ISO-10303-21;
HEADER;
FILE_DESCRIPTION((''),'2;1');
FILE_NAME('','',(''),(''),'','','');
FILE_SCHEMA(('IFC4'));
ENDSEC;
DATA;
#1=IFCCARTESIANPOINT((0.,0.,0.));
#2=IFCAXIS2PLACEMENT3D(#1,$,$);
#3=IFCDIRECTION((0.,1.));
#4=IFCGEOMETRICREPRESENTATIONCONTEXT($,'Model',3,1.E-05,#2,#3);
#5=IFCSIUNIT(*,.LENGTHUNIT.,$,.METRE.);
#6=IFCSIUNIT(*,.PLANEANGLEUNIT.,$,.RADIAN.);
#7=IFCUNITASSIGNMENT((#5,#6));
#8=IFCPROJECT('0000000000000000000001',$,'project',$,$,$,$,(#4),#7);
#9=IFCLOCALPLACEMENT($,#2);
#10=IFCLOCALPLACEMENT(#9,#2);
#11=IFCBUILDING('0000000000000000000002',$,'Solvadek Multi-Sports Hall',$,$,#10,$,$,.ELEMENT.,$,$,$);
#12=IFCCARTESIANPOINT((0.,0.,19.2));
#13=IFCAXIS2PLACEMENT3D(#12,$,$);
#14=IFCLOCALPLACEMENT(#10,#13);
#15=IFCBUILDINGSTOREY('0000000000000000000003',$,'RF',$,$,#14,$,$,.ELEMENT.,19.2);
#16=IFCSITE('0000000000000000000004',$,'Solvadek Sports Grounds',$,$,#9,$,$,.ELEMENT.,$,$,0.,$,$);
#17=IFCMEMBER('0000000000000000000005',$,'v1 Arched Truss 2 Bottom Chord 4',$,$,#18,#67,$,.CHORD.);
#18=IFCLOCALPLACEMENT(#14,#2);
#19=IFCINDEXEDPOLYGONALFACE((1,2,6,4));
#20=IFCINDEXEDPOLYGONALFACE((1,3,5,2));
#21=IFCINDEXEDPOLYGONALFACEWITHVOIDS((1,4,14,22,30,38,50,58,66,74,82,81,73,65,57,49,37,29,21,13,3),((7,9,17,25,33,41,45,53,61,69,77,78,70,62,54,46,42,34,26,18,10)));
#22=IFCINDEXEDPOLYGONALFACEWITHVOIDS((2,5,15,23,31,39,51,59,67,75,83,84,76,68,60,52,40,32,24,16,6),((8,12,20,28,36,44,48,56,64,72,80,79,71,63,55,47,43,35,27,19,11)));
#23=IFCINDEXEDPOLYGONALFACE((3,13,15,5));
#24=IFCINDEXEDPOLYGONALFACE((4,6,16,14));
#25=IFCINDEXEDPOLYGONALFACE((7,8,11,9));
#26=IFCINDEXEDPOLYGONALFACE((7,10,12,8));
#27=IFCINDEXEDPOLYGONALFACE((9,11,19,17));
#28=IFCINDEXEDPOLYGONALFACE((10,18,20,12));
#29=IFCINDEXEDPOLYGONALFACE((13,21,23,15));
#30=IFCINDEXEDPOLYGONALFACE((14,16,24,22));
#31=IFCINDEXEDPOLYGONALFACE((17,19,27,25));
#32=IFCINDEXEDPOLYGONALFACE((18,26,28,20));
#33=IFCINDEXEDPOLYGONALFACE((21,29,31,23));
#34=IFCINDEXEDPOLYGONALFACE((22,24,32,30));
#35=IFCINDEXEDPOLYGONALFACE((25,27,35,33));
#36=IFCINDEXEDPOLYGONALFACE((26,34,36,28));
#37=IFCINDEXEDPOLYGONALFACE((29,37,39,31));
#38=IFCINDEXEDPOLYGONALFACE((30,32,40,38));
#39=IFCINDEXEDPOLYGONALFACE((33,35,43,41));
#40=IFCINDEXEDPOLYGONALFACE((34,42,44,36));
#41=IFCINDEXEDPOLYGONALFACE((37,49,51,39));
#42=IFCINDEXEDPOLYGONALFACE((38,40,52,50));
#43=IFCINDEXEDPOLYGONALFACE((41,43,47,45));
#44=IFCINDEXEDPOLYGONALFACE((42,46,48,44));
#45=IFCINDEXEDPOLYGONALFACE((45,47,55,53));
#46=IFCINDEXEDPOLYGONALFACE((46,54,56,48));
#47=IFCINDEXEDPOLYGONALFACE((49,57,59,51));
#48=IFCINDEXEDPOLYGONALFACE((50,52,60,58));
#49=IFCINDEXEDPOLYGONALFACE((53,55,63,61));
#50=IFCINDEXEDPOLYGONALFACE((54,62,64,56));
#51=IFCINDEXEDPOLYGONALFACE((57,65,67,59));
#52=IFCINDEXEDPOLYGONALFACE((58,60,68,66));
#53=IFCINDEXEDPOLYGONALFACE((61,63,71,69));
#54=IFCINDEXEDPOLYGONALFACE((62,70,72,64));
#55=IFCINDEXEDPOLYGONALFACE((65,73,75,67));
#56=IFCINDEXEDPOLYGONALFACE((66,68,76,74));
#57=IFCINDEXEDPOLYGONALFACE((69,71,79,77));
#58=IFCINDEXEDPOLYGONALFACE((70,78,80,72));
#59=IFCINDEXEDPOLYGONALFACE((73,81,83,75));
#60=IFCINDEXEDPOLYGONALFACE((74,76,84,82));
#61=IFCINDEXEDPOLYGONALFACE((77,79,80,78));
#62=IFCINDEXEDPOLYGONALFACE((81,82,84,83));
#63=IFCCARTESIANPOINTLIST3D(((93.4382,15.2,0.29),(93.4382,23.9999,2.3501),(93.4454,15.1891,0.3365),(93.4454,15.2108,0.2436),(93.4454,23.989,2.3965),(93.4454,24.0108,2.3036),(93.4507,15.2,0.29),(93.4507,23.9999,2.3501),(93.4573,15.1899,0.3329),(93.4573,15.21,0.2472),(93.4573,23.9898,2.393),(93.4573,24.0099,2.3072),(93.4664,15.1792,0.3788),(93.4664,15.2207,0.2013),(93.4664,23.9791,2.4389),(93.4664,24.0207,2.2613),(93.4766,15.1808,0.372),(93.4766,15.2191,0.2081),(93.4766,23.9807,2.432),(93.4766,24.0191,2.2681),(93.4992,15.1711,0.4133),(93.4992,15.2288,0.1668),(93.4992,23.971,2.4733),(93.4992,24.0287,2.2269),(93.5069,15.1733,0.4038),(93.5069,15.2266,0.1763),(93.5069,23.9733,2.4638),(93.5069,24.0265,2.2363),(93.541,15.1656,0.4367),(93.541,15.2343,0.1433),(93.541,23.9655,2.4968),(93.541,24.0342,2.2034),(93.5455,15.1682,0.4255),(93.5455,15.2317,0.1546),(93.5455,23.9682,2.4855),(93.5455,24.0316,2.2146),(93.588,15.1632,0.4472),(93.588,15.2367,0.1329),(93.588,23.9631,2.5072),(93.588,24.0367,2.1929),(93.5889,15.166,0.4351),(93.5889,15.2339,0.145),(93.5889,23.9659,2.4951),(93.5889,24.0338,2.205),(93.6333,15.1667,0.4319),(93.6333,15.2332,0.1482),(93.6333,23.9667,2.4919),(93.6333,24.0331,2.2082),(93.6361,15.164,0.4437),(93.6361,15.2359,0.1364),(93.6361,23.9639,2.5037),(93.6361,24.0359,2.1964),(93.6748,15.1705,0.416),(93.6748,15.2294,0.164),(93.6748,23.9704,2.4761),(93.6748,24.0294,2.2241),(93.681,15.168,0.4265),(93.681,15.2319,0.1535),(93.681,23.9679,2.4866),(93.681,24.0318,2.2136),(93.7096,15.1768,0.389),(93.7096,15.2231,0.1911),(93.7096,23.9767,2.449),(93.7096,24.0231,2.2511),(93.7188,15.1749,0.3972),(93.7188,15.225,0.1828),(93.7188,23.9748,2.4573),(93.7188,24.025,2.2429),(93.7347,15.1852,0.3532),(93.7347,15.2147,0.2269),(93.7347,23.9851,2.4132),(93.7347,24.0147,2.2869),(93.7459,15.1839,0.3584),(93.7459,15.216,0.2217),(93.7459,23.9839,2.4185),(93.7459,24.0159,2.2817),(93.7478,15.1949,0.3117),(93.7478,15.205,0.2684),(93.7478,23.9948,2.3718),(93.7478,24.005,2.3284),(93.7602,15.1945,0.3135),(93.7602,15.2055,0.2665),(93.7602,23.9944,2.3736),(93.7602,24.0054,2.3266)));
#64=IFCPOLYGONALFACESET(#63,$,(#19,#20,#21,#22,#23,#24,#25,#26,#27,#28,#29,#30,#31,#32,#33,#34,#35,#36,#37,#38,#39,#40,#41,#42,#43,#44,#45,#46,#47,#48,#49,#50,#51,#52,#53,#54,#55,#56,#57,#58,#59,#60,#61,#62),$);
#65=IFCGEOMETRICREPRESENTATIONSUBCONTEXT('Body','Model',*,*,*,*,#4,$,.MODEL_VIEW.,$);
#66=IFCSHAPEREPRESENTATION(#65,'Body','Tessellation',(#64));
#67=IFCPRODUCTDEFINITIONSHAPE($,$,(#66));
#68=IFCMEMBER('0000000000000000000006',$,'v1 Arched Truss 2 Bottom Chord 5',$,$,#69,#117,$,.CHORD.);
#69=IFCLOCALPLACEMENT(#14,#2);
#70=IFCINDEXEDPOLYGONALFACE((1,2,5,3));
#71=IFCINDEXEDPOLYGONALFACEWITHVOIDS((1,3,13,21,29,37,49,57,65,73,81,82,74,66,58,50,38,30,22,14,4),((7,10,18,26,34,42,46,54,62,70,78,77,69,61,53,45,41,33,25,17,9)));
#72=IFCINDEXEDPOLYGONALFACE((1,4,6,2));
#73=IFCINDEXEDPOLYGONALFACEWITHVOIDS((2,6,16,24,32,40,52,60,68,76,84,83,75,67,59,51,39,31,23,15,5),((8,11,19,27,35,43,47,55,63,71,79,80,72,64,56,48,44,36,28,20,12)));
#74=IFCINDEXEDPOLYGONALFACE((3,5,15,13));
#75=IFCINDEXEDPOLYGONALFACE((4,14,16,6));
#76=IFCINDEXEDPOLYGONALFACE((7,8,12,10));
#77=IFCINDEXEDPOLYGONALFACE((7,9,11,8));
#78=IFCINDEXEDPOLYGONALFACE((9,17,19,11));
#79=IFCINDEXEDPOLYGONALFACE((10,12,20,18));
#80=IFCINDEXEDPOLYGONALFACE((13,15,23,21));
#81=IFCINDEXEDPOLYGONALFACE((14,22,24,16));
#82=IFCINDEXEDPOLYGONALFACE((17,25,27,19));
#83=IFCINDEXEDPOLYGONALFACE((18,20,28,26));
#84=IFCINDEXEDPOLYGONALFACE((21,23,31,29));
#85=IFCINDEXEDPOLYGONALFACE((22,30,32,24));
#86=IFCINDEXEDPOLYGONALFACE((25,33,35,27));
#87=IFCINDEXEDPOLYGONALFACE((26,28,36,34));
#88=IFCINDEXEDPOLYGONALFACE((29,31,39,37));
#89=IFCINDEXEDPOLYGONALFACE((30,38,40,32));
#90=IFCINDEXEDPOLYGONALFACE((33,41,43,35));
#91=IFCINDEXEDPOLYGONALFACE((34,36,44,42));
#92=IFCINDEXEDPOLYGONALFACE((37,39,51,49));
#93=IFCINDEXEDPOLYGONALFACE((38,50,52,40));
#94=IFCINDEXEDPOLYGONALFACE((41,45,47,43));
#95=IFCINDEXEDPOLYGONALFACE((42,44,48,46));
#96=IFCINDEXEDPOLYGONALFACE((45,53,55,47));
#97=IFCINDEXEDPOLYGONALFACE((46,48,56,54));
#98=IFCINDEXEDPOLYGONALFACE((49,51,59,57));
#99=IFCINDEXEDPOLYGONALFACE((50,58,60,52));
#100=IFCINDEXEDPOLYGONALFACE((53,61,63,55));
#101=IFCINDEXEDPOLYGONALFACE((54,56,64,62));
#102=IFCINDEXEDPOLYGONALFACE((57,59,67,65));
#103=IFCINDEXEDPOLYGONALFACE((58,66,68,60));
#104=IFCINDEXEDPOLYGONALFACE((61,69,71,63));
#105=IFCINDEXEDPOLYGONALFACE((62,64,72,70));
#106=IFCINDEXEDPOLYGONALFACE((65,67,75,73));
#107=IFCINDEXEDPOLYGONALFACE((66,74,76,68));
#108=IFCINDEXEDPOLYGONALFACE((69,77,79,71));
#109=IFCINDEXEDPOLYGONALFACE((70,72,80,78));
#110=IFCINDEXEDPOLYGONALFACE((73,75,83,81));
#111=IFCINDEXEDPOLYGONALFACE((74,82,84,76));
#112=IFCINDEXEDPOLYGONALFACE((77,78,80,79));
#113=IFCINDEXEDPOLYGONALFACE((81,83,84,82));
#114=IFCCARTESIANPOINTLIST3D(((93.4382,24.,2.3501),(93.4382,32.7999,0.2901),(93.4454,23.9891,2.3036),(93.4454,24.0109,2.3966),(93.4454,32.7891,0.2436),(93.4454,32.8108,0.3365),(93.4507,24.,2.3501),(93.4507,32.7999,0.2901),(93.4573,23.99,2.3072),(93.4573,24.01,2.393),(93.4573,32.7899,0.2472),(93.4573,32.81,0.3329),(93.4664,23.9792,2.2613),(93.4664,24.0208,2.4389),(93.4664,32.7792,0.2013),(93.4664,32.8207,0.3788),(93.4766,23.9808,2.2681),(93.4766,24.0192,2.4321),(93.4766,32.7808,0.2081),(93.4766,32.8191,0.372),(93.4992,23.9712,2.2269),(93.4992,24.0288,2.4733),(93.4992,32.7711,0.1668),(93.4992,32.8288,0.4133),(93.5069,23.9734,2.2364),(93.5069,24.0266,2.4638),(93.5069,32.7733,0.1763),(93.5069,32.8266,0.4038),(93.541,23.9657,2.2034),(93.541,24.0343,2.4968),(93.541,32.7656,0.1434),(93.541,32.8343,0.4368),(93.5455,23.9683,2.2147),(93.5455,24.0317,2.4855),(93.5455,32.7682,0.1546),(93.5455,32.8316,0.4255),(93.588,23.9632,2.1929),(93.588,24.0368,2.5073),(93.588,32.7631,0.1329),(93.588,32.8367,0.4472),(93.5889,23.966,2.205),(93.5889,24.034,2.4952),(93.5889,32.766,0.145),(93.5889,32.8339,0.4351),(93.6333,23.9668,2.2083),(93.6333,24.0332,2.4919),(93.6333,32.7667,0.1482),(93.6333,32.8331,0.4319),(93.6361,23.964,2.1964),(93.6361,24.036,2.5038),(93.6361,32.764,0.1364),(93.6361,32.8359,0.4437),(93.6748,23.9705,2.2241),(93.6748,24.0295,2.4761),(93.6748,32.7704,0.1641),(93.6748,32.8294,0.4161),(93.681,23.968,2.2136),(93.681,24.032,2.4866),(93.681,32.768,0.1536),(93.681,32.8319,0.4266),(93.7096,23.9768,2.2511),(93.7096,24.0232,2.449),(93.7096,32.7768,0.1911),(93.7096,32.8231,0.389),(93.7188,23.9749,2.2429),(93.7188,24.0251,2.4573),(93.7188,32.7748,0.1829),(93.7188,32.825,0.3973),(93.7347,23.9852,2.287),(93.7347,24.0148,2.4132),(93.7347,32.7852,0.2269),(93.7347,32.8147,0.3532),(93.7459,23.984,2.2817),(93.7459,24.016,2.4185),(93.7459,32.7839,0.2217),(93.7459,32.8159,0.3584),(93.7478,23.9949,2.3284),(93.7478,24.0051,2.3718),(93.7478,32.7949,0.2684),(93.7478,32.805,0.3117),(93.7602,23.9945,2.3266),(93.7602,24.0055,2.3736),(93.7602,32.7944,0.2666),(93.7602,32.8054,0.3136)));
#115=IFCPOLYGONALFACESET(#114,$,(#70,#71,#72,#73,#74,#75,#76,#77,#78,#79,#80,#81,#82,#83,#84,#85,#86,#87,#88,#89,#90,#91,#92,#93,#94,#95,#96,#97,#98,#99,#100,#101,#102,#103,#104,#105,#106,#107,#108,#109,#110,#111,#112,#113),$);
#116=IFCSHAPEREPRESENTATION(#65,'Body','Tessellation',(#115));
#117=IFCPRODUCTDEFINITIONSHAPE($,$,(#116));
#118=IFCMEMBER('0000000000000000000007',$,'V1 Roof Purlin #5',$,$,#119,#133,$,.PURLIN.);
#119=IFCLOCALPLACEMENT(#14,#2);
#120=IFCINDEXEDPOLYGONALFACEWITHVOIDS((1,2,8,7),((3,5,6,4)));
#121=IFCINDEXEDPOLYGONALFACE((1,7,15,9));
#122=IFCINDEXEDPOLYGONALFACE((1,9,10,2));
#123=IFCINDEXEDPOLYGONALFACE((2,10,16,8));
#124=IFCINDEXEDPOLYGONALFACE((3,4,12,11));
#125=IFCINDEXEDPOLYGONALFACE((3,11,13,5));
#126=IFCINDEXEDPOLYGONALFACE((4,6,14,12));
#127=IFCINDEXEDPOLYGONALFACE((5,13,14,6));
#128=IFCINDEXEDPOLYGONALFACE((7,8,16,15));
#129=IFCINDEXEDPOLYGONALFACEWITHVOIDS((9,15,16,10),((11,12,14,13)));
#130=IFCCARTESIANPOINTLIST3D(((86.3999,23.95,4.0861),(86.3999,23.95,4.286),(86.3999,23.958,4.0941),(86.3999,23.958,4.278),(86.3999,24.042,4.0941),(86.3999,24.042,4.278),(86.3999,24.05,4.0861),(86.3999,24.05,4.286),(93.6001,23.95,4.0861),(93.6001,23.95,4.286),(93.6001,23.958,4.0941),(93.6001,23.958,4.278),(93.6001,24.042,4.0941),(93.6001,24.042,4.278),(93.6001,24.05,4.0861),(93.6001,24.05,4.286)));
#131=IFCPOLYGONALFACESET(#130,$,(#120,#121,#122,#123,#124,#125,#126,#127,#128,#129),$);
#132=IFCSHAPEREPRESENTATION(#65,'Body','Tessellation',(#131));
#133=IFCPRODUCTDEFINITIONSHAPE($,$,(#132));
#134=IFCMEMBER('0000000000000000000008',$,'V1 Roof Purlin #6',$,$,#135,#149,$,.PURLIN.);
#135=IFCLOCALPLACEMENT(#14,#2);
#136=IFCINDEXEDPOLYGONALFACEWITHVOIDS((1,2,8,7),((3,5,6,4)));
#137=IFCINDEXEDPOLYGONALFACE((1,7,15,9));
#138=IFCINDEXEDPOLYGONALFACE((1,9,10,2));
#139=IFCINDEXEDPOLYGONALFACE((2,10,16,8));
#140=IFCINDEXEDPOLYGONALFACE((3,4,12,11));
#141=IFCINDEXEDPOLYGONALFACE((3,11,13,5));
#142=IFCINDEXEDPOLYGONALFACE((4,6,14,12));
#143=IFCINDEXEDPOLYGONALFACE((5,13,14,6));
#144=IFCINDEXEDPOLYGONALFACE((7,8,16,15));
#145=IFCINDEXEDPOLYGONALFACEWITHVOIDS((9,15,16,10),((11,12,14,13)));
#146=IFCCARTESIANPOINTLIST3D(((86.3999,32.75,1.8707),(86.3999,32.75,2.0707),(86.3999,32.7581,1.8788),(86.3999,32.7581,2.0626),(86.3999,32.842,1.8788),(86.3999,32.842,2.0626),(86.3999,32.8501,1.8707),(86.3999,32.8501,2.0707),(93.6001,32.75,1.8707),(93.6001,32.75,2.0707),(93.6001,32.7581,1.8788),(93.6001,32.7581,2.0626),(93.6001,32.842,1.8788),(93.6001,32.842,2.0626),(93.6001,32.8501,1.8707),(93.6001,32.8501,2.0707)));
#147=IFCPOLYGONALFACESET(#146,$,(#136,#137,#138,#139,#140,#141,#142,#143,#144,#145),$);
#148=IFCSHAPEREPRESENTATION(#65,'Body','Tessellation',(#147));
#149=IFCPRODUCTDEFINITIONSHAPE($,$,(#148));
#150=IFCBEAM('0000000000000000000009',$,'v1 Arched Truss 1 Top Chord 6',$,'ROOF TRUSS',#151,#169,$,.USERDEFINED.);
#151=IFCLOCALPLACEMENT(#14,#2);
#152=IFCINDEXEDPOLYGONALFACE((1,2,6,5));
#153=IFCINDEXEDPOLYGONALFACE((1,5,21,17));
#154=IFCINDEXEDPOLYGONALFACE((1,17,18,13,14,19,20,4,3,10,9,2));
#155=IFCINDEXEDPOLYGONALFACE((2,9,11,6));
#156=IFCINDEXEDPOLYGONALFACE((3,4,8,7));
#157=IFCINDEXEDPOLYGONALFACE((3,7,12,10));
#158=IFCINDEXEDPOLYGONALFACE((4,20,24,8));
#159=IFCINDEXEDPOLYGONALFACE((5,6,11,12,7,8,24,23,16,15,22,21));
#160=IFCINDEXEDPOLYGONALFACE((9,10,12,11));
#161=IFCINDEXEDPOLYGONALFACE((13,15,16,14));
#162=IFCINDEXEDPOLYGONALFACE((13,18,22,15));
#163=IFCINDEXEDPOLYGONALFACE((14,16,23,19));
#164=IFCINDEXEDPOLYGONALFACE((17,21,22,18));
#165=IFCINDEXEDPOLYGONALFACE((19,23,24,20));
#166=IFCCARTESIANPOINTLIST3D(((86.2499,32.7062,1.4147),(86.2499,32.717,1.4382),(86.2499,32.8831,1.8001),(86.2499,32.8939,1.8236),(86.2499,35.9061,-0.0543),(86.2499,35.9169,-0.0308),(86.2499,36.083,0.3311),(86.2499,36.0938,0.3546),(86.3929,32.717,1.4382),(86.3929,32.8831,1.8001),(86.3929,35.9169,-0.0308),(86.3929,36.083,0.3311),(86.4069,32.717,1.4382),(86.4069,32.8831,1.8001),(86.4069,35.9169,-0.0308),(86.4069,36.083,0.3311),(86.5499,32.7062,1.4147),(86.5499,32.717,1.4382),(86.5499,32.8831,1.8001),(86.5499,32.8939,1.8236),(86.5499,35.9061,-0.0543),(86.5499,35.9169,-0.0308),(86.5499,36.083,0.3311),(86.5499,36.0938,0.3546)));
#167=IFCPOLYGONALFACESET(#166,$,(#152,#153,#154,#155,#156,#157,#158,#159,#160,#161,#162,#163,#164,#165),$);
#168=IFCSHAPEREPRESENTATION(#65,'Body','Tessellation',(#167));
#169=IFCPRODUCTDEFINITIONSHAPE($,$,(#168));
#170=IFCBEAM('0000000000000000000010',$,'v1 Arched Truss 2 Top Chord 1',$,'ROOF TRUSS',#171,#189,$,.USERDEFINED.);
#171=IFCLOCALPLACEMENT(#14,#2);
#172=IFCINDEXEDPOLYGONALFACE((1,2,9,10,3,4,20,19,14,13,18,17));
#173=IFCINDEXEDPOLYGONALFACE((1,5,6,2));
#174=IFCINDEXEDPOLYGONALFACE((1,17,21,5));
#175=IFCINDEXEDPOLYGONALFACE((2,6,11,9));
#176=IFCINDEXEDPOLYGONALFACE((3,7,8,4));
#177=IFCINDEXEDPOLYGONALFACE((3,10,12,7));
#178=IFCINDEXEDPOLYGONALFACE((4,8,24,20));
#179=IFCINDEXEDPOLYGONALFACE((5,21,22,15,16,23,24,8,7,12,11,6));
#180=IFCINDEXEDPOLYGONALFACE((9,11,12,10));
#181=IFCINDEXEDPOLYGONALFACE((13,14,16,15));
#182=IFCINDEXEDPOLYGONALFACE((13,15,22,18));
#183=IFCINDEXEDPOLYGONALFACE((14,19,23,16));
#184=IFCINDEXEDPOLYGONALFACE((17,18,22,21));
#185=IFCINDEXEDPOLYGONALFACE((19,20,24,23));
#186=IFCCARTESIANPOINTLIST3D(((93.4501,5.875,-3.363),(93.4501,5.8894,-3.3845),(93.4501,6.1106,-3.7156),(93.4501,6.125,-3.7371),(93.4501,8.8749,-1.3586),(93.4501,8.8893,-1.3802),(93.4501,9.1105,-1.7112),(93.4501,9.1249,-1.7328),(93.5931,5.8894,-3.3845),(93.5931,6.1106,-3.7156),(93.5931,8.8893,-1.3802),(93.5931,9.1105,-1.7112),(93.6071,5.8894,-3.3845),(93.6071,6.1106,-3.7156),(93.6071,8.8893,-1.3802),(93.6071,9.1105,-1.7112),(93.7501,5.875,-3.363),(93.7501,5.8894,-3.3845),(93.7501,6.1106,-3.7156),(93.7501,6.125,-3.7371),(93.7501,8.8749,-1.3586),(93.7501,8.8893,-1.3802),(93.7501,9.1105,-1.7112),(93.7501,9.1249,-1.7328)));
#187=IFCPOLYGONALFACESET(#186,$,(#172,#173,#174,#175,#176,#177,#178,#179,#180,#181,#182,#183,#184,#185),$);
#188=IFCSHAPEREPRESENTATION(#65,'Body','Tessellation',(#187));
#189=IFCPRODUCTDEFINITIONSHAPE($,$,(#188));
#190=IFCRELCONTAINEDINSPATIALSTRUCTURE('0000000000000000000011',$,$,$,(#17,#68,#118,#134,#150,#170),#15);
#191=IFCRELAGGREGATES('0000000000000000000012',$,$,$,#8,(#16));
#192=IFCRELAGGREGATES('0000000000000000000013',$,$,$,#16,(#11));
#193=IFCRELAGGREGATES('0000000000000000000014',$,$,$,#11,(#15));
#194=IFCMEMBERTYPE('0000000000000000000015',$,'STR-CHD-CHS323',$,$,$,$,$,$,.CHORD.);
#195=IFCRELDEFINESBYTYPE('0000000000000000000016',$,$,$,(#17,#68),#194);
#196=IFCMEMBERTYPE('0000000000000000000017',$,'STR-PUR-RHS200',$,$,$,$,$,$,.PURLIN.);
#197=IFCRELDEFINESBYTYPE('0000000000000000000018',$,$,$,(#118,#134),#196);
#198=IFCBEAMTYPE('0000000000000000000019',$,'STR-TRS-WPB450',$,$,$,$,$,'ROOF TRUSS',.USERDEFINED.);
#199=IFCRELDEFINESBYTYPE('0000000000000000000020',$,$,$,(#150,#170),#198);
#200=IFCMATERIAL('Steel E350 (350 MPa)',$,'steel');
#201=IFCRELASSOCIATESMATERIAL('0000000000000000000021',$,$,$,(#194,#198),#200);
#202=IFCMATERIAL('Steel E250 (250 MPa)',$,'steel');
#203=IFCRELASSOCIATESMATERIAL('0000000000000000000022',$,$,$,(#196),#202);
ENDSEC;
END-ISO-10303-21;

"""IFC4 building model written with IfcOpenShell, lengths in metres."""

from ifc_helpers import new_model, si_unit, direction, frame, origin, origin_2d, place, context, subcontext, project, spatial, hollow_rectangle, hollow_circle, i_section, extrude, material, material_profile, profile_set, type_object, element, save


model = new_model("IFC4")

# Units and contexts
model_context = context("Model", 3, precision=1e-05, world=origin(), true_north=direction((0.0, 1.0)))
body_context = subcontext(model_context, "Body", "Model", "MODEL_VIEW")
ifc_project = project(units=[si_unit("LENGTHUNIT", "METRE"), si_unit("PLANEANGLEUNIT", "RADIAN")], contexts=[model_context])

# Site, building, storey
site_placement = place(None, origin())
site = spatial("IfcSite", under=ifc_project, at=site_placement, Name="Solvadek Sports Grounds", CompositionType="ELEMENT", RefElevation=0.0)
building_placement = place(site_placement, origin())
building = spatial("IfcBuilding", under=site, at=building_placement, Name="Solvadek Multi-Sports Hall", CompositionType="ELEMENT")
storey_placement = place(building_placement, frame((0.0, 0.0, 19.2)))
storey = spatial("IfcBuildingStorey", under=building, at=storey_placement, Name="RF", CompositionType="ELEMENT", Elevation=19.2)

# Shared definitions
ifc_material_1 = material(Name="Steel E350 (350 MPa)", Category="steel")

# Members
ifc_material_profile_1 = material_profile(ifc_material_1, hollow_circle(Radius=0.1619, WallThickness=0.0125, at=origin_2d()), Name="CHS 323.9x12.5")
ifc_profile_set_1 = profile_set([ifc_material_profile_1], Name="Steel E350 (350 MPa)")
member_type_1 = type_object("IfcMemberType", Name="STR-CHD-CHS323", PredefinedType="CHORD", material=ifc_profile_set_1)
for number, where, z_axis, x_axis, name in (
    (1, (93.6001, 15.2, 0.29), (0.0, 0.973677, 0.227934), (-1.0, 0.0, 0.0), "v1 Arched Truss 2 Bottom Chord 4"),
    (2, (93.6001, 24.0, 2.3501), (0.0, 0.973677, -0.227934), (-1.0, 0.0, 0.0), "v1 Arched Truss 2 Bottom Chord 5"),
):
    element("IfcMember", number, at=place(storey_placement, frame(where, z_axis=z_axis, x_axis=x_axis)), inside=storey, type_object=member_type_1, Name=name, PredefinedType="CHORD", context=body_context, shape_type="SweptSolid", body=[
        extrude(hollow_circle(Radius=0.1619, WallThickness=0.0125, at=origin_2d()), origin(), (0.0, 0.0, 1.0), 9.0378),
    ])
ifc_material_2 = material(Name="Steel E250 (250 MPa)", Category="steel")
ifc_material_profile_2 = material_profile(ifc_material_2, hollow_rectangle(XDim=0.1001, YDim=0.2, WallThickness=0.0081, at=origin_2d()), Name="RHS 200x100x8")
ifc_profile_set_2 = profile_set([ifc_material_profile_2], Name="Steel E250 (250 MPa)")
member_type_2 = type_object("IfcMemberType", Name="STR-PUR-RHS200", PredefinedType="PURLIN", material=ifc_profile_set_2)
for number, where, z_axis, x_axis, name in (
    (3, (86.3999, 24.0, 4.186), (1.0, 0.0, 0.0), (0.0, 1.0, 0.0), "V1 Roof Purlin #5"),
    (4, (86.3999, 32.8, 1.9707), (1.0, 0.0, 0.0), (0.0, 1.0, 0.0), "V1 Roof Purlin #6"),
):
    element("IfcMember", number, at=place(storey_placement, frame(where, z_axis=z_axis, x_axis=x_axis)), inside=storey, type_object=member_type_2, Name=name, PredefinedType="PURLIN", context=body_context, shape_type="SweptSolid", body=[
        extrude(hollow_rectangle(XDim=0.1001, YDim=0.2, WallThickness=0.0081, at=origin_2d()), origin(), (0.0, 0.0, 1.0), 7.2002),
    ])

# Beams
ifc_material_profile_3 = material_profile(ifc_material_1, i_section(OverallWidth=0.3, OverallDepth=0.45, WebThickness=0.0139, FlangeThickness=0.0259, at=origin_2d()), Name="WPB 450")
ifc_profile_set_3 = profile_set([ifc_material_profile_3], Name="Steel E350 (350 MPa)")
beam_type = type_object("IfcBeamType", Name="STR-TRS-WPB450", ElementType="ROOF TRUSS", PredefinedType="USERDEFINED", material=ifc_profile_set_3)
beam_1_placement = place(storey_placement, frame((86.3999, 32.8, 1.6191), z_axis=(0.0, 0.908812, -0.417206), x_axis=(-1.0, 0.0, 0.0)))
element("IfcBeam", 5, at=beam_1_placement, inside=storey, type_object=beam_type, Name="v1 Arched Truss 1 Top Chord 6", ObjectType="ROOF TRUSS", PredefinedType="USERDEFINED", context=body_context, shape_type="SweptSolid", body=[
    extrude(i_section(OverallWidth=0.3, OverallDepth=0.45, WebThickness=0.0139, FlangeThickness=0.0259, at=origin_2d()), origin(), (0.0, 0.0, 1.0), 3.521),
])
beam_2_placement = place(storey_placement, frame((93.6001, 6.0, -3.55), z_axis=(0.0, 0.831488, 0.555543), x_axis=(-1.0, 0.0, 0.0)))
element("IfcBeam", 6, at=beam_2_placement, inside=storey, type_object=beam_type, Name="v1 Arched Truss 2 Top Chord 1", ObjectType="ROOF TRUSS", PredefinedType="USERDEFINED", context=body_context, shape_type="SweptSolid", body=[
    extrude(i_section(OverallWidth=0.3, OverallDepth=0.45, WebThickness=0.0139, FlangeThickness=0.0259, at=origin_2d()), origin(), (0.0, 0.0, 1.0), 3.6079),
])

save(model, "model.ifc")
